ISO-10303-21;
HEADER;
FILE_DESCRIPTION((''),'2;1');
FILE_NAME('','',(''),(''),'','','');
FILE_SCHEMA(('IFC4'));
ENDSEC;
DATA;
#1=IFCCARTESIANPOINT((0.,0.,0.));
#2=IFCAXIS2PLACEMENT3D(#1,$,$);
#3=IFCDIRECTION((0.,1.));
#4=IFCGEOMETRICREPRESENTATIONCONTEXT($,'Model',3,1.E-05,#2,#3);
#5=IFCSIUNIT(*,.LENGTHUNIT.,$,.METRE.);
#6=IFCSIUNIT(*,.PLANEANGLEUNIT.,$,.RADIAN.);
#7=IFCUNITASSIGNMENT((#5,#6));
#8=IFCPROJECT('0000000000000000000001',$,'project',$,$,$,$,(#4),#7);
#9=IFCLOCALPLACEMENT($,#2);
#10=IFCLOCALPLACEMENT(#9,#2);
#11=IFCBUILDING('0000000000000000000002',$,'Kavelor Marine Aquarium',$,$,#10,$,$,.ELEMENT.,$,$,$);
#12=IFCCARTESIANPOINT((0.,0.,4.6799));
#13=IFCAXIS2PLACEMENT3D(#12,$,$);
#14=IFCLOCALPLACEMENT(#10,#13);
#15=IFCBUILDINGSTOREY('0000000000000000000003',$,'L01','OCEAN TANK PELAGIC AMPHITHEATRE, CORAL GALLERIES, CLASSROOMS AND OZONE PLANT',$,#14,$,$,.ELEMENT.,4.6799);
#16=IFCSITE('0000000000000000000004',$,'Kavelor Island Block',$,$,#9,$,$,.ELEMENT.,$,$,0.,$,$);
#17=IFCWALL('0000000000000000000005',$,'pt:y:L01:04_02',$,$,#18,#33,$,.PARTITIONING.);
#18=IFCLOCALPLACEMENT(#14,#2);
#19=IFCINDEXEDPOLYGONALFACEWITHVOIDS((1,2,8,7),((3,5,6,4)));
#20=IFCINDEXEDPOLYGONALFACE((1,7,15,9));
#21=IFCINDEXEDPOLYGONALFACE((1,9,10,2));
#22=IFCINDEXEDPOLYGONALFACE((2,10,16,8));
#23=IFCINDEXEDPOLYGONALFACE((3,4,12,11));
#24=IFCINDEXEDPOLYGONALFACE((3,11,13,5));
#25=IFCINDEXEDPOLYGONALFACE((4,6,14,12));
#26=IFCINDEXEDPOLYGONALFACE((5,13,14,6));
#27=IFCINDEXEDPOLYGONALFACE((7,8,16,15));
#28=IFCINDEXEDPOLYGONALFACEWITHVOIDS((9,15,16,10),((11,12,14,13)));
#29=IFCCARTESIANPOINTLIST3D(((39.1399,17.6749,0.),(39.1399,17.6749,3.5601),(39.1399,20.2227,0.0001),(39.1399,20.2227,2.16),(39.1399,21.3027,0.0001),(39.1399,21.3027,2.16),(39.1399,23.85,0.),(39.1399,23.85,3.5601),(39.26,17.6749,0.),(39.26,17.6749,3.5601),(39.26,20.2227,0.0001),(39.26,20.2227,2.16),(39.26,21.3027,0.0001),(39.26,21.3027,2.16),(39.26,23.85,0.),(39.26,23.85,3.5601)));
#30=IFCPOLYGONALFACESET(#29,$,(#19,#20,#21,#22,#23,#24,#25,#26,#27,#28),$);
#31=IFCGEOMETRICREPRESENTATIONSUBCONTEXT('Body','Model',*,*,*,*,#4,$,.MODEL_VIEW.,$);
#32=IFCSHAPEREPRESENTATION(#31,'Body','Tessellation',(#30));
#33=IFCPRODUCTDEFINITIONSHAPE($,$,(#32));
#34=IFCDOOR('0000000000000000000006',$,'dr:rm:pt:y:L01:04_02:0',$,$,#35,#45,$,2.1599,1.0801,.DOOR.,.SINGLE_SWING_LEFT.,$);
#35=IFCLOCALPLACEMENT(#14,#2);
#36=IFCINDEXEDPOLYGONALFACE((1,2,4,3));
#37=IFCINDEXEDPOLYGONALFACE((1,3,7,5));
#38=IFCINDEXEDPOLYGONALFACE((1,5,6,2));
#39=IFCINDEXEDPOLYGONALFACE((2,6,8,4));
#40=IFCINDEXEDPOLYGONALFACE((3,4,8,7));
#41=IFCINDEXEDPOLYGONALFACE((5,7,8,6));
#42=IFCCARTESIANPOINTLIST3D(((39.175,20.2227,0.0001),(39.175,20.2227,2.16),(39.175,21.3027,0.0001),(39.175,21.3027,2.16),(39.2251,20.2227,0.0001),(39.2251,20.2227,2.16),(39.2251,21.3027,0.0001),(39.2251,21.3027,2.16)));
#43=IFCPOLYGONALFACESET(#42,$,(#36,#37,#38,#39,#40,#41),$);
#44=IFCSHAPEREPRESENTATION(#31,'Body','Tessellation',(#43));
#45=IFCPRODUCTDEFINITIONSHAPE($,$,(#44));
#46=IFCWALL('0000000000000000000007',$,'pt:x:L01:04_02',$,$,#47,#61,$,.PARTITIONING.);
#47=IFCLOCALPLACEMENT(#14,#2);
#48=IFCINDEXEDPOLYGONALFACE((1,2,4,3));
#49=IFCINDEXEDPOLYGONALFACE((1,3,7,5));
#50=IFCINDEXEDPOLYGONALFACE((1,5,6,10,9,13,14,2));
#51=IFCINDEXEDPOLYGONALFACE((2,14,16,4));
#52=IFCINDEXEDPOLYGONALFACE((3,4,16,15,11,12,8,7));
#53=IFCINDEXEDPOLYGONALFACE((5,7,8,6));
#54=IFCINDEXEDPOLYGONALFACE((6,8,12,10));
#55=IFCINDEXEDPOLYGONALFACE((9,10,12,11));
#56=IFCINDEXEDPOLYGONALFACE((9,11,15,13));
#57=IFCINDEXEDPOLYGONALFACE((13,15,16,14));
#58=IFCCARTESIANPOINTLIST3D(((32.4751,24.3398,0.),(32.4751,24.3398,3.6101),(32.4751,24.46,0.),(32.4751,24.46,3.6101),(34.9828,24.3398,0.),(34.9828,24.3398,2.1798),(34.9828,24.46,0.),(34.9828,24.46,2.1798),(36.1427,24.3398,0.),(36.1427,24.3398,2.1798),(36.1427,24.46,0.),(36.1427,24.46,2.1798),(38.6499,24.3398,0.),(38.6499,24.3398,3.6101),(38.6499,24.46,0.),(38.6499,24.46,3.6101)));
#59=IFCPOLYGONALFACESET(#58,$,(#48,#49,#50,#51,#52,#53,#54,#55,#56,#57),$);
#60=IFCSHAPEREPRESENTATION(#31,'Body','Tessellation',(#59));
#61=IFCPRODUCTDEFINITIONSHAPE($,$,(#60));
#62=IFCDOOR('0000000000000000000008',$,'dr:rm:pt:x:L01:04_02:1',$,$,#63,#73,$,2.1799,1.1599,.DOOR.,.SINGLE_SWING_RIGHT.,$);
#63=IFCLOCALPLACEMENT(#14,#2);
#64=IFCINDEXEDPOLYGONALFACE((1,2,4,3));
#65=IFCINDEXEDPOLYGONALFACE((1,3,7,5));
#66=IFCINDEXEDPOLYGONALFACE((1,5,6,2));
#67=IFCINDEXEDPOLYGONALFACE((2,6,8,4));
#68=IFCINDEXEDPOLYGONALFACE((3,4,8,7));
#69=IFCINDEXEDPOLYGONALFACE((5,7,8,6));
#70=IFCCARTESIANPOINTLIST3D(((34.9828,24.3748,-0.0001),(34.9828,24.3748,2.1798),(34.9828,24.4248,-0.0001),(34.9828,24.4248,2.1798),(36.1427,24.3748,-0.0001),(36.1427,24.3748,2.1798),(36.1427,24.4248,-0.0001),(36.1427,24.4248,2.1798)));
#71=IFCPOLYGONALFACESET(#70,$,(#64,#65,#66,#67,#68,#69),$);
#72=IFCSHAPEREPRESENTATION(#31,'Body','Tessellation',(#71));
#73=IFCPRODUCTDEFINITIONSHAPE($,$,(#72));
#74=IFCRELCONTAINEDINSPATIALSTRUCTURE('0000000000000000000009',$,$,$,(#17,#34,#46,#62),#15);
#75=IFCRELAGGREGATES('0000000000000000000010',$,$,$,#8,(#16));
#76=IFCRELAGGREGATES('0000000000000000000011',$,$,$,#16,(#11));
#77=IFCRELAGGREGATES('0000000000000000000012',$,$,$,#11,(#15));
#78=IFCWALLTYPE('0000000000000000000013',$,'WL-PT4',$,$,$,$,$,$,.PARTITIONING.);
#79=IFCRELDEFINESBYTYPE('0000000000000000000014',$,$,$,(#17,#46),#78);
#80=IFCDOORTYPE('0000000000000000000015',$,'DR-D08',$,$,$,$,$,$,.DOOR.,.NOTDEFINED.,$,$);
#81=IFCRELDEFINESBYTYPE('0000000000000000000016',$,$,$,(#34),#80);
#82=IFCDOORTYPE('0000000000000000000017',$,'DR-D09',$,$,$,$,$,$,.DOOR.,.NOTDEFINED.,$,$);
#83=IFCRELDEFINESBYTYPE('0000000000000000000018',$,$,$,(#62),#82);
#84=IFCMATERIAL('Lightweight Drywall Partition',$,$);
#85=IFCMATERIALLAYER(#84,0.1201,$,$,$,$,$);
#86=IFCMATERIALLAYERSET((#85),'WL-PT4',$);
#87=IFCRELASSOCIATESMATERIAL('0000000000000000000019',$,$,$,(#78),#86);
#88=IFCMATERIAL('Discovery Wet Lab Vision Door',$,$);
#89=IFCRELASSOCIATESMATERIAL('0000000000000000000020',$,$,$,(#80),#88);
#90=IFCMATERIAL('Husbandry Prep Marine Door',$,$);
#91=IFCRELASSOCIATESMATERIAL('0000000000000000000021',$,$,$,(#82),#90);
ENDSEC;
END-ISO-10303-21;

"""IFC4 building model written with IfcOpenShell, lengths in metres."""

from ifc_helpers import new_model, si_unit, direction, frame, frame_2d, origin, place, context, subcontext, project, spatial, rectangle, extrude, material, layer, layer_set, type_object, element, fill, save


model = new_model("IFC4")

# Units and contexts
model_context = context("Model", 3, precision=1e-05, world=origin(), true_north=direction((0.0, 1.0)))
body_context = subcontext(model_context, "Body", "Model", "MODEL_VIEW")
ifc_project = project(units=[si_unit("LENGTHUNIT", "METRE"), si_unit("PLANEANGLEUNIT", "RADIAN")], contexts=[model_context])

# Site, building, storey
site_placement = place(None, origin())
site = spatial("IfcSite", under=ifc_project, at=site_placement, Name="Kavelor Island Block", CompositionType="ELEMENT", RefElevation=0.0)
building_placement = place(site_placement, origin())
building = spatial("IfcBuilding", under=site, at=building_placement, Name="Kavelor Marine Aquarium", CompositionType="ELEMENT")
storey_placement = place(building_placement, frame((0.0, 0.0, 4.6799)))
storey = spatial("IfcBuildingStorey", under=building, at=storey_placement, Name="L01", Description="OCEAN TANK PELAGIC AMPHITHEATRE, CORAL GALLERIES, CLASSROOMS AND OZONE PLANT", CompositionType="ELEMENT", Elevation=4.6799)

# Shared definitions
ifc_material_1 = material(Name="Lightweight Drywall Partition")
ifc_layer_1 = layer(ifc_material_1, 0.1201)
ifc_layer_set_1 = layer_set([ifc_layer_1], Name="WL-PT4")
wall_type = type_object("IfcWallType", Name="WL-PT4", PredefinedType="PARTITIONING", material=ifc_layer_set_1)

# Walls, openings, doors
wall_1_placement = place(storey_placement, frame((39.2, 17.675, 0.0), z_axis=(0.0, 0.0, 1.0), x_axis=(0.0, 1.0, 0.0)))
wall_1 = element("IfcWall", 1, at=wall_1_placement, inside=storey, type_object=wall_type, Name="pt:y:L01:04_02", PredefinedType="PARTITIONING", context=body_context, shape_type="SweptSolid", body=[
    extrude(rectangle(XDim=6.175, YDim=0.1201, at=frame_2d((3.0874, 0.0))), origin(), (0.0, 0.0, 1.0), 3.5601),
])
opening_1_placement = place(wall_1_placement, frame((2.5476, 0.0, 0.0)))
opening_1 = element("IfcOpeningElement", 2, at=opening_1_placement, cuts=wall_1, PredefinedType="OPENING", context=body_context, shape_type="SweptSolid", body=[
    extrude(rectangle(XDim=1.0801, YDim=2.1599, at=frame_2d((0.54, 1.0801))), frame((0.0, 0.0701, 0.0), z_axis=(0.0, -1.0, 0.0), x_axis=(1.0, 0.0, 0.0)), (0.0, 0.0, 1.0), 0.1401),
])
ifc_material_2 = material(Name="Discovery Wet Lab Vision Door")
door_type_1 = type_object("IfcDoorType", Name="DR-D08", OperationType="NOTDEFINED", PredefinedType="DOOR", material=ifc_material_2)
door_1_placement = place(opening_1_placement, origin())
door_1 = element("IfcDoor", 3, at=door_1_placement, inside=storey, type_object=door_type_1, Name="dr:rm:pt:y:L01:04_02:0", OperationType="SINGLE_SWING_LEFT", OverallHeight=2.1599, OverallWidth=1.0801, PredefinedType="DOOR", context=body_context, shape_type="SweptSolid", body=[
    extrude(rectangle(XDim=1.0801, YDim=2.1599, at=frame_2d((0.54, 1.0801))), frame((0.0, 0.0249, 0.0), z_axis=(0.0, -1.0, 0.0), x_axis=(1.0, 0.0, 0.0)), (0.0, 0.0, 1.0), 0.05),
])
fill(opening_1, door_1)
wall_2_placement = place(storey_placement, frame((32.4751, 24.3999, 0.0), z_axis=(0.0, 0.0, 1.0), x_axis=(1.0, 0.0, 0.0)))
wall_2 = element("IfcWall", 4, at=wall_2_placement, inside=storey, type_object=wall_type, Name="pt:x:L01:04_02", PredefinedType="PARTITIONING", context=body_context, shape_type="SweptSolid", body=[
    extrude(rectangle(XDim=6.1748, YDim=0.1201, at=frame_2d((3.0874, 0.0))), origin(), (0.0, 0.0, 1.0), 3.6101),
])
opening_2_placement = place(wall_2_placement, frame((2.5076, 0.0, 0.0)))
opening_2 = element("IfcOpeningElement", 5, at=opening_2_placement, cuts=wall_2, PredefinedType="OPENING", context=body_context, shape_type="SweptSolid", body=[
    extrude(rectangle(XDim=1.1599, YDim=2.1799, at=frame_2d((0.5801, 1.0898))), frame((0.0, 0.0701, 0.0), z_axis=(0.0, -1.0, 0.0), x_axis=(1.0, 0.0, 0.0)), (0.0, 0.0, 1.0), 0.1401),
])
ifc_material_3 = material(Name="Husbandry Prep Marine Door")
door_type_2 = type_object("IfcDoorType", Name="DR-D09", OperationType="NOTDEFINED", PredefinedType="DOOR", material=ifc_material_3)
door_2_placement = place(opening_2_placement, origin())
door_2 = element("IfcDoor", 6, at=door_2_placement, inside=storey, type_object=door_type_2, Name="dr:rm:pt:x:L01:04_02:1", OperationType="SINGLE_SWING_RIGHT", OverallHeight=2.1799, OverallWidth=1.1599, PredefinedType="DOOR", context=body_context, shape_type="SweptSolid", body=[
    extrude(rectangle(XDim=1.1599, YDim=2.1799, at=frame_2d((0.5801, 1.0898))), frame((0.0, 0.0249, 0.0), z_axis=(0.0, -1.0, 0.0), x_axis=(1.0, 0.0, 0.0)), (0.0, 0.0, 1.0), 0.05),
])
fill(opening_2, door_2)

save(model, "model.ifc")
